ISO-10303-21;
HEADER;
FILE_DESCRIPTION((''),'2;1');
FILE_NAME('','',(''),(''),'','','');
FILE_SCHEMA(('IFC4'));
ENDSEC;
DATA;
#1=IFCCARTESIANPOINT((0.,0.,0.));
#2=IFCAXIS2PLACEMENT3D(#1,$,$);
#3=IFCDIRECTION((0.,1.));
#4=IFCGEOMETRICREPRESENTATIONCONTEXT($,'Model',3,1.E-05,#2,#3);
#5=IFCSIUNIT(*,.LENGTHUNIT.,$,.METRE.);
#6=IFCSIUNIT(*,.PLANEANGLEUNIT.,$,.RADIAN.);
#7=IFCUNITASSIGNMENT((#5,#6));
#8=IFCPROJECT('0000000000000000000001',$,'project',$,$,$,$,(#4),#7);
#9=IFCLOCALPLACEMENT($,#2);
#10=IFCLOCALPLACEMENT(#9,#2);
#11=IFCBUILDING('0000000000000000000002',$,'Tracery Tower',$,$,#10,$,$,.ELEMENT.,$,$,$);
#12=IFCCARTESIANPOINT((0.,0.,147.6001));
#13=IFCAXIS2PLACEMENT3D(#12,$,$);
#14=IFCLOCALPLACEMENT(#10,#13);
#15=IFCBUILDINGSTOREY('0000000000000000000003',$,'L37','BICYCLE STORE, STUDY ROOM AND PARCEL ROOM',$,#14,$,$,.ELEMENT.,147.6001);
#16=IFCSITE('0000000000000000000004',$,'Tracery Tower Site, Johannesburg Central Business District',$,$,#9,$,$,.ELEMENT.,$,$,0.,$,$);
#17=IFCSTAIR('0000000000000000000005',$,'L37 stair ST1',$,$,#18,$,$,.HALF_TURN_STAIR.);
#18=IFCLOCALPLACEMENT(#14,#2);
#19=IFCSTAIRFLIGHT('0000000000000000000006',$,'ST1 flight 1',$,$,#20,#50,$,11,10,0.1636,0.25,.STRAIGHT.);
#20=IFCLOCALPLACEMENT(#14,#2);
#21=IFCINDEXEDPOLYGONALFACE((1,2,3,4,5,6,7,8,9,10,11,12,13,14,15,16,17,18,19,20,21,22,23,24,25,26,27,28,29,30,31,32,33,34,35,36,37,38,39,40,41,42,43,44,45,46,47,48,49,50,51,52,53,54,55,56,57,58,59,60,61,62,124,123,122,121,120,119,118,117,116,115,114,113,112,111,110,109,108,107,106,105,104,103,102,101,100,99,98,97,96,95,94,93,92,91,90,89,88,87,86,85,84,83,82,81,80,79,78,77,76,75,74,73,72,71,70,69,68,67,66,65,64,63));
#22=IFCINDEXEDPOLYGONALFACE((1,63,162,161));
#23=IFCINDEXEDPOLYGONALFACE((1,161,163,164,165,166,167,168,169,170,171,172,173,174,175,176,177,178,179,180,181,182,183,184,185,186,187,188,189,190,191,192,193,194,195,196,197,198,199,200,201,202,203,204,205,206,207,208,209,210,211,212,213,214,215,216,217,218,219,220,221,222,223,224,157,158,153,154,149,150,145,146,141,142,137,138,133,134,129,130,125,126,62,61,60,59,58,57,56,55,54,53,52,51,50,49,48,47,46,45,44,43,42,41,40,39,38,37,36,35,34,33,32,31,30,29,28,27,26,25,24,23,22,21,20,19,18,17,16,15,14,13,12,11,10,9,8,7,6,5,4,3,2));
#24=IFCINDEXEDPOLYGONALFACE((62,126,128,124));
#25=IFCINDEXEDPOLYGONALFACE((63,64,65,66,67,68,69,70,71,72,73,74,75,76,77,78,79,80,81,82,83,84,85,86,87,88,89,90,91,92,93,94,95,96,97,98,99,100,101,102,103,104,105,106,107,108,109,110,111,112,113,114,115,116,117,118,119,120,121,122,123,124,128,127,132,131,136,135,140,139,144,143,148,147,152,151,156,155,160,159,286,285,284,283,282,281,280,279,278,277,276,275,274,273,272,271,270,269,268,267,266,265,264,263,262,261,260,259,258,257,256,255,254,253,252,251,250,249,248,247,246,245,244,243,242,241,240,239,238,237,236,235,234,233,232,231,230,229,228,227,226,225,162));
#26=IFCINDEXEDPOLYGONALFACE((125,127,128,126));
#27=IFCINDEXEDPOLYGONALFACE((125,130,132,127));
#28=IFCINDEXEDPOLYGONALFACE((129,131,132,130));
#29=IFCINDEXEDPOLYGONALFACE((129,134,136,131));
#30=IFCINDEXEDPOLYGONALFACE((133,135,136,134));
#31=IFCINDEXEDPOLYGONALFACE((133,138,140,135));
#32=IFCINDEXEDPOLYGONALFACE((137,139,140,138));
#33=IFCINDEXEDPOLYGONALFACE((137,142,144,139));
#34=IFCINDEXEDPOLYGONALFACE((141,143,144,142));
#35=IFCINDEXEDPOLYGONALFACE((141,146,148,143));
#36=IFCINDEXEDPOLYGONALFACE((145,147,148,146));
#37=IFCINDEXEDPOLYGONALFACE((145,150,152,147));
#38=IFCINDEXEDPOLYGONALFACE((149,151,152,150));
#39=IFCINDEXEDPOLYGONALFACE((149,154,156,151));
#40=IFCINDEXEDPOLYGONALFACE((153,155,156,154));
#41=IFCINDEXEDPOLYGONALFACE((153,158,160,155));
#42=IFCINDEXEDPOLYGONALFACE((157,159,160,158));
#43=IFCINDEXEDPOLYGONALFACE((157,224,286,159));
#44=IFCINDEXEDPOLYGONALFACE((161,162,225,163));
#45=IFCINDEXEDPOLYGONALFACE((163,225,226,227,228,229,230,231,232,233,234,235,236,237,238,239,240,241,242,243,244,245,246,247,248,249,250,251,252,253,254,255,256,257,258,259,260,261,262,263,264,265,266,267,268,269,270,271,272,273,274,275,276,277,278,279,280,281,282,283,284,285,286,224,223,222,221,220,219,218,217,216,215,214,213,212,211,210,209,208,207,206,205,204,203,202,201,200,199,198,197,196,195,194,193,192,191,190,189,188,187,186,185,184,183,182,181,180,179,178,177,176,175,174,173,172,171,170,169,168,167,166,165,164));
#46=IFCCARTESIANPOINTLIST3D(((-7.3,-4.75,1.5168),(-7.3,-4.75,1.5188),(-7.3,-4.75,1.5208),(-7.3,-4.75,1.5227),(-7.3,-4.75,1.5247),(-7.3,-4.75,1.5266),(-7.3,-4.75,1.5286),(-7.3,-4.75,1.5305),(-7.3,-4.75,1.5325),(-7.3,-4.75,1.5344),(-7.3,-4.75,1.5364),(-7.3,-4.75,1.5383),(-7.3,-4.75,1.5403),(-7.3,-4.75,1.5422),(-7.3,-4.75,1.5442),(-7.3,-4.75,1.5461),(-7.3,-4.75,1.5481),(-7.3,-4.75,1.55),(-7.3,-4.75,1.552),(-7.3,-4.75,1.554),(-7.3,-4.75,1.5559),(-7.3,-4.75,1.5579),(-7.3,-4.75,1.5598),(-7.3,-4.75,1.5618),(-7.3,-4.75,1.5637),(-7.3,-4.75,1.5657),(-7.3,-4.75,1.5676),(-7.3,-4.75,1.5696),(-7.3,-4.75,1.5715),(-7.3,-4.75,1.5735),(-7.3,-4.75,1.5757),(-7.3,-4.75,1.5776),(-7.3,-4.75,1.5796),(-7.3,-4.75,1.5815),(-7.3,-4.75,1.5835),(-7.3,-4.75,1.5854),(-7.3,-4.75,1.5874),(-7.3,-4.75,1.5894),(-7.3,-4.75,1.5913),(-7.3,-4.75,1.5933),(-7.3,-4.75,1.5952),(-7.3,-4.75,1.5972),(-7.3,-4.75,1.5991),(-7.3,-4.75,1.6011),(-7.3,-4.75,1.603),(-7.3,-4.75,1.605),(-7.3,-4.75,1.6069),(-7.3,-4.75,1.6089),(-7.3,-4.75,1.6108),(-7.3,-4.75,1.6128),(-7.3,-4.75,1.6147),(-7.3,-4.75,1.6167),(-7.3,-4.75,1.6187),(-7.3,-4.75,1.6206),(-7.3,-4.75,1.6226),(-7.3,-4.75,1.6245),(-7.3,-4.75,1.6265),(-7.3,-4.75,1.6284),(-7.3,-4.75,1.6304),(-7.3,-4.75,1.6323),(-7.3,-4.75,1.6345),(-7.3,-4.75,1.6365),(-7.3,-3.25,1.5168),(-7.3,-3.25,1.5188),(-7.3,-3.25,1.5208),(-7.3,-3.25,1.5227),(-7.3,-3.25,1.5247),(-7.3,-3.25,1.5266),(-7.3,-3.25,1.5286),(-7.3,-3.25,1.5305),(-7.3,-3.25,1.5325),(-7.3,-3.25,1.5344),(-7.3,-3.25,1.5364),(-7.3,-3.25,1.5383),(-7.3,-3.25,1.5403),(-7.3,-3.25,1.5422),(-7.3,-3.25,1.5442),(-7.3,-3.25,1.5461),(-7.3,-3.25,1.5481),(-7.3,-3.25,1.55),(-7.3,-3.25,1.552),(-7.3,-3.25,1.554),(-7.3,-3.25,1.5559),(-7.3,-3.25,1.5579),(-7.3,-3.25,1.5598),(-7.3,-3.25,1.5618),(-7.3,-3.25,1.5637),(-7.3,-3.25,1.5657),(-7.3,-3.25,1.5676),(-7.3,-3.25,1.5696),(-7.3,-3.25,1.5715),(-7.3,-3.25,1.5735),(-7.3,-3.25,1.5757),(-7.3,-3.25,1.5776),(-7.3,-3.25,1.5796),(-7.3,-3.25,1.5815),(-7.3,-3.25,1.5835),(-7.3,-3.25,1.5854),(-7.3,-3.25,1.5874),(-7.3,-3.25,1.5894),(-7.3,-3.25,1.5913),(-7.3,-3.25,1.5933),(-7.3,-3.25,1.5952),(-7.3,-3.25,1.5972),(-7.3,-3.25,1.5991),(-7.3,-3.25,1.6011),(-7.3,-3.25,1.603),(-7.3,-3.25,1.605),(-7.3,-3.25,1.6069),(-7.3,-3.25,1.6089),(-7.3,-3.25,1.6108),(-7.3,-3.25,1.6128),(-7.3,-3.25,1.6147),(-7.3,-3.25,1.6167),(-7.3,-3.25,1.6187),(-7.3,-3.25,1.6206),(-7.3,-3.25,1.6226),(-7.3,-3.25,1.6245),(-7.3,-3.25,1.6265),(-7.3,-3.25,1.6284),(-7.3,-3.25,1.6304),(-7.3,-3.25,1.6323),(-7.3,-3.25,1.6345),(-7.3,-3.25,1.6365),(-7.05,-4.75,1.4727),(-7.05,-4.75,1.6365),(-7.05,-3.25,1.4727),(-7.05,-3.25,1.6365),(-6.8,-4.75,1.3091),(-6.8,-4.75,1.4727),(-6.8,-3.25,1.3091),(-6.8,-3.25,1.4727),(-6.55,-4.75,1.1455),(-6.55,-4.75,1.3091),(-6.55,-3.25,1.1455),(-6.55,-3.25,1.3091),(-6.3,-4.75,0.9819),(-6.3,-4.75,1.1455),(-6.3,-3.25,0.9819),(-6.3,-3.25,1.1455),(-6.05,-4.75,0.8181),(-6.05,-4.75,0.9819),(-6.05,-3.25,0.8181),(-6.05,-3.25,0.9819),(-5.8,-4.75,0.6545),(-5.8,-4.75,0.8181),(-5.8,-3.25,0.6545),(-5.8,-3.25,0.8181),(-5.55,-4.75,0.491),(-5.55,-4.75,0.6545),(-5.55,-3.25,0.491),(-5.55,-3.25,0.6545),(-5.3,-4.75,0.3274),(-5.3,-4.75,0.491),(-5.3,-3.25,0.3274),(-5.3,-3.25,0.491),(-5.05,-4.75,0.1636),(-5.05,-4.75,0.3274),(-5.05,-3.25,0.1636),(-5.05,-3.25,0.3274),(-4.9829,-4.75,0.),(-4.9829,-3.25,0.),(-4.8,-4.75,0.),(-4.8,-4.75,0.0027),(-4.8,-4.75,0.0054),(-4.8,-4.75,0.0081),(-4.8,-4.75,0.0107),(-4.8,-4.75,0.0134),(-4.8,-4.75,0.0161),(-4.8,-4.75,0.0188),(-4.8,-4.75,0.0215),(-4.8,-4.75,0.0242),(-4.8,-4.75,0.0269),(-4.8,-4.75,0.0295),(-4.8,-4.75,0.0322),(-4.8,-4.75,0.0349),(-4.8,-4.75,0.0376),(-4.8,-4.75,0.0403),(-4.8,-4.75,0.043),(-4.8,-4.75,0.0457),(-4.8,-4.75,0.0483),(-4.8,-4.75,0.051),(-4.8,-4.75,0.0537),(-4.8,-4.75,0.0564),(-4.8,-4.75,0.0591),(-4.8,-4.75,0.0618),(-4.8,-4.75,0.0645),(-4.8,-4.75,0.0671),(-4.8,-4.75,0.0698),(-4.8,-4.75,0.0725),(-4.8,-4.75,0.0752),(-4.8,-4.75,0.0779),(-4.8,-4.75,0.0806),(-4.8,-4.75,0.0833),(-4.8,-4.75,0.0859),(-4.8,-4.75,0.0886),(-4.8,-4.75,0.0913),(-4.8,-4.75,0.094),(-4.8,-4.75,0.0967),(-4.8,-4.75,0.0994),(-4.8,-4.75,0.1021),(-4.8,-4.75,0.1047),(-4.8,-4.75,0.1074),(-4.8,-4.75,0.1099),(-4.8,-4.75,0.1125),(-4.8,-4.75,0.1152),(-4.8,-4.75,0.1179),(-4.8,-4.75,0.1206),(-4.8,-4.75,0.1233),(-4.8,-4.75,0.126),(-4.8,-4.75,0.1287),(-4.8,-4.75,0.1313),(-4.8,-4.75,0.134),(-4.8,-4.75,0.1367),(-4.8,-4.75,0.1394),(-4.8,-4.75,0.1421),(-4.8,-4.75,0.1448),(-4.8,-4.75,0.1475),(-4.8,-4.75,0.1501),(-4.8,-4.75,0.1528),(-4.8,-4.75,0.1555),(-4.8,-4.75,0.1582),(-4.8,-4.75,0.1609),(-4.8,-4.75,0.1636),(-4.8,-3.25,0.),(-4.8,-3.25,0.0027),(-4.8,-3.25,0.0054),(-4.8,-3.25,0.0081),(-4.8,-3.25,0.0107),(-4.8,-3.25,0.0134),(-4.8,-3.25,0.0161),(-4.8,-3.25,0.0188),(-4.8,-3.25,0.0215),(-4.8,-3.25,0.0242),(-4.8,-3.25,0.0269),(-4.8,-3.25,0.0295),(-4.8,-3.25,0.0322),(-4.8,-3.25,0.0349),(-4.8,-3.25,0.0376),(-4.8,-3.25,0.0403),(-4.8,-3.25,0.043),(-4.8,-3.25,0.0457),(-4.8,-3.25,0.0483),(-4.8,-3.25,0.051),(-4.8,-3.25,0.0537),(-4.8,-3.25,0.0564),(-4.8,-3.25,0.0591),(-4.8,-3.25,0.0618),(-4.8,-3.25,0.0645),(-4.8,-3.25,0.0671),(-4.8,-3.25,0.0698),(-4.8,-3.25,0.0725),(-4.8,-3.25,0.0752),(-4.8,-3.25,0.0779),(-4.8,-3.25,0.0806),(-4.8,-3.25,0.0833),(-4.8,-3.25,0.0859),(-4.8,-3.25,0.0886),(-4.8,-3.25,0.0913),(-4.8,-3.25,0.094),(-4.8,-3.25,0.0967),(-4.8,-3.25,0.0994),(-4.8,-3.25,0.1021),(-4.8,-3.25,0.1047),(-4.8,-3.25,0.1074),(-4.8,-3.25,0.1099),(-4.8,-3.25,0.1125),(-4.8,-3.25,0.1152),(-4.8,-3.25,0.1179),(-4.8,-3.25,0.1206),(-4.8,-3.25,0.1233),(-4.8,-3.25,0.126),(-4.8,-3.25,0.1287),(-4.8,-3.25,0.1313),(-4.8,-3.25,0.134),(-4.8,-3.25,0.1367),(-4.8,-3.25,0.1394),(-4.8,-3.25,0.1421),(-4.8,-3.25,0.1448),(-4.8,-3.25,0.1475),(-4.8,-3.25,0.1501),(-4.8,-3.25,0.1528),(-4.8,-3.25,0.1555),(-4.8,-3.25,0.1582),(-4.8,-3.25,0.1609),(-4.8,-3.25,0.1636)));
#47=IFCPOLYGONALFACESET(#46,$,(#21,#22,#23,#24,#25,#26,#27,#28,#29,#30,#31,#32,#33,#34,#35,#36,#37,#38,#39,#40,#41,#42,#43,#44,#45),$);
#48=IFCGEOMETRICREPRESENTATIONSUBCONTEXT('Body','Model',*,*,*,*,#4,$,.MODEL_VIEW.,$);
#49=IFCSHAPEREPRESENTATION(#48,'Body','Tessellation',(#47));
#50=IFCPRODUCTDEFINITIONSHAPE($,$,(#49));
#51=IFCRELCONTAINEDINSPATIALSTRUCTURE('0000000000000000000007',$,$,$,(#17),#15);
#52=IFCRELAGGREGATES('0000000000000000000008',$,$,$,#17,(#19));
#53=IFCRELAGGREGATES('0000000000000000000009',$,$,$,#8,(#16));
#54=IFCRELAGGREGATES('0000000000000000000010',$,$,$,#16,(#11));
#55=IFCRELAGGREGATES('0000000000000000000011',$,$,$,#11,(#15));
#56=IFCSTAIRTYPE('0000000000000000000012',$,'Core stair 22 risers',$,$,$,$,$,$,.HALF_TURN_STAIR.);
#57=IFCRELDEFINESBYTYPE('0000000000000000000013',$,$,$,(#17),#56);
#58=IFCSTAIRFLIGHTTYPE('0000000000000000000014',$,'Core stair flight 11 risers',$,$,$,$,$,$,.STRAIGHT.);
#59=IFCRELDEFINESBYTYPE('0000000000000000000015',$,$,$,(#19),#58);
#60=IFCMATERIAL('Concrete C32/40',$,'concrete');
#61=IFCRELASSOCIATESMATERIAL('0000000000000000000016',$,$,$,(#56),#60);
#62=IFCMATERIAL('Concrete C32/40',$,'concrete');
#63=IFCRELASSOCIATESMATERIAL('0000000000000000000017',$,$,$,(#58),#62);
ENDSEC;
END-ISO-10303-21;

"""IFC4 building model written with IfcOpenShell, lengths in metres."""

from ifc_helpers import new_model, si_unit, direction, frame, origin, place, context, subcontext, project, spatial, polyline, outline, extrude, material, type_object, element, aggregate, save


model = new_model("IFC4")

# Units and contexts
model_context = context("Model", 3, precision=1e-05, world=origin(), true_north=direction((0.0, 1.0)))
body_context = subcontext(model_context, "Body", "Model", "MODEL_VIEW")
ifc_project = project(units=[si_unit("LENGTHUNIT", "METRE"), si_unit("PLANEANGLEUNIT", "RADIAN")], contexts=[model_context])

# Site, building, storey
site_placement = place(None, origin())
site = spatial("IfcSite", under=ifc_project, at=site_placement, Name="Tracery Tower Site, Johannesburg Central Business District", CompositionType="ELEMENT", RefElevation=0.0)
building_placement = place(site_placement, origin())
building = spatial("IfcBuilding", under=site, at=building_placement, Name="Tracery Tower", CompositionType="ELEMENT")
storey_placement = place(building_placement, frame((0.0, 0.0, 147.6001)))
storey = spatial("IfcBuildingStorey", under=building, at=storey_placement, Name="L37", Description="BICYCLE STORE, STUDY ROOM AND PARCEL ROOM", CompositionType="ELEMENT", Elevation=147.6001)

# Stair, stair flight
ifc_material_1 = material(Name="Concrete C32/40", Category="concrete")
stair_type = type_object("IfcStairType", Name="Core stair 22 risers", PredefinedType="HALF_TURN_STAIR", material=ifc_material_1)
stair_placement = place(storey_placement, origin())
stair = element("IfcStair", 1, at=stair_placement, inside=storey, type_object=stair_type, Name="L37 stair ST1", PredefinedType="HALF_TURN_STAIR")
ifc_material_2 = material(Name="Concrete C32/40", Category="concrete")
stair_flight_type = type_object("IfcStairFlightType", Name="Core stair flight 11 risers", PredefinedType="STRAIGHT", material=ifc_material_2)
stair_flight_1_placement = place(storey_placement, frame((-4.8, -4.0, 0.0), z_axis=(0.0, 0.0, 1.0), x_axis=(-1.0, 0.0, 0.0)))
stair_flight_1 = element("IfcStairFlight", 2, at=stair_flight_1_placement, type_object=stair_flight_type, Name="ST1 flight 1", NumberOfRisers=11, NumberOfTreads=10, PredefinedType="STRAIGHT", RiserHeight=0.1636, TreadLength=0.25, context=body_context, shape_type="SweptSolid", body=[
    extrude(outline(polyline([(0.0, 0.0), (0.0, 0.0027), (0.0, 0.0054), (0.0, 0.0081), (0.0, 0.0107), (0.0, 0.0134), (0.0, 0.0161), (0.0, 0.0188), (0.0, 0.0215), (0.0, 0.0242), (0.0, 0.0269), (0.0, 0.0295), (0.0, 0.0322), (0.0, 0.0349), (0.0, 0.0376), (0.0, 0.0403), (0.0, 0.043), (0.0, 0.0457), (0.0, 0.0483), (0.0, 0.051), (0.0, 0.0537), (0.0, 0.0564), (0.0, 0.0591), (0.0, 0.0618), (0.0, 0.0645), (0.0, 0.0671), (0.0, 0.0698), (0.0, 0.0725), (0.0, 0.0752), (0.0, 0.0779), (0.0, 0.0806), (0.0, 0.0833), (0.0, 0.0859), (0.0, 0.0886), (0.0, 0.0913), (0.0, 0.094), (0.0, 0.0967), (0.0, 0.0994), (0.0, 0.1021), (0.0, 0.1047), (0.0, 0.1074), (0.0, 0.1099), (0.0, 0.1125), (0.0, 0.1152), (0.0, 0.1179), (0.0, 0.1206), (0.0, 0.1233), (0.0, 0.126), (0.0, 0.1287), (0.0, 0.1313), (0.0, 0.134), (0.0, 0.1367), (0.0, 0.1394), (0.0, 0.1421), (0.0, 0.1448), (0.0, 0.1475), (0.0, 0.1501), (0.0, 0.1528), (0.0, 0.1555), (0.0, 0.1582), (0.0, 0.1609), (0.0, 0.1636), (0.25, 0.1636), (0.25, 0.3274), (0.5, 0.3274), (0.5, 0.491), (0.75, 0.491), (0.75, 0.6545), (1.0, 0.6545), (1.0, 0.8181), (1.25, 0.8181), (1.25, 0.9819), (1.5, 0.9819), (1.5, 1.1455), (1.75, 1.1455), (1.75, 1.3091), (2.0, 1.3091), (2.0, 1.4727), (2.25, 1.4727), (2.25, 1.6365), (2.5, 1.6365), (2.5, 1.6345), (2.5, 1.6323), (2.5, 1.6304), (2.5, 1.6284), (2.5, 1.6265), (2.5, 1.6245), (2.5, 1.6226), (2.5, 1.6206), (2.5, 1.6187), (2.5, 1.6167), (2.5, 1.6147), (2.5, 1.6128), (2.5, 1.6108), (2.5, 1.6089), (2.5, 1.6069), (2.5, 1.605), (2.5, 1.603), (2.5, 1.6011), (2.5, 1.5991), (2.5, 1.5972), (2.5, 1.5952), (2.5, 1.5933), (2.5, 1.5913), (2.5, 1.5894), (2.5, 1.5874), (2.5, 1.5854), (2.5, 1.5835), (2.5, 1.5815), (2.5, 1.5796), (2.5, 1.5776), (2.5, 1.5757), (2.5, 1.5735), (2.5, 1.5715), (2.5, 1.5696), (2.5, 1.5676), (2.5, 1.5657), (2.5, 1.5637), (2.5, 1.5618), (2.5, 1.5598), (2.5, 1.5579), (2.5, 1.5559), (2.5, 1.554), (2.5, 1.552), (2.5, 1.55), (2.5, 1.5481), (2.5, 1.5461), (2.5, 1.5442), (2.5, 1.5422), (2.5, 1.5403), (2.5, 1.5383), (2.5, 1.5364), (2.5, 1.5344), (2.5, 1.5325), (2.5, 1.5305), (2.5, 1.5286), (2.5, 1.5266), (2.5, 1.5247), (2.5, 1.5227), (2.5, 1.5208), (2.5, 1.5188), (2.5, 1.5168), (0.1829, 0.0), (0.0, 0.0)])), frame((0.0, 0.75, 0.0), z_axis=(0.0, -1.0, 0.0), x_axis=(1.0, 0.0, 0.0)), (0.0, 0.0, 1.0), 1.5),
])
aggregate(stair, [stair_flight_1])

save(model, "model.ifc")
